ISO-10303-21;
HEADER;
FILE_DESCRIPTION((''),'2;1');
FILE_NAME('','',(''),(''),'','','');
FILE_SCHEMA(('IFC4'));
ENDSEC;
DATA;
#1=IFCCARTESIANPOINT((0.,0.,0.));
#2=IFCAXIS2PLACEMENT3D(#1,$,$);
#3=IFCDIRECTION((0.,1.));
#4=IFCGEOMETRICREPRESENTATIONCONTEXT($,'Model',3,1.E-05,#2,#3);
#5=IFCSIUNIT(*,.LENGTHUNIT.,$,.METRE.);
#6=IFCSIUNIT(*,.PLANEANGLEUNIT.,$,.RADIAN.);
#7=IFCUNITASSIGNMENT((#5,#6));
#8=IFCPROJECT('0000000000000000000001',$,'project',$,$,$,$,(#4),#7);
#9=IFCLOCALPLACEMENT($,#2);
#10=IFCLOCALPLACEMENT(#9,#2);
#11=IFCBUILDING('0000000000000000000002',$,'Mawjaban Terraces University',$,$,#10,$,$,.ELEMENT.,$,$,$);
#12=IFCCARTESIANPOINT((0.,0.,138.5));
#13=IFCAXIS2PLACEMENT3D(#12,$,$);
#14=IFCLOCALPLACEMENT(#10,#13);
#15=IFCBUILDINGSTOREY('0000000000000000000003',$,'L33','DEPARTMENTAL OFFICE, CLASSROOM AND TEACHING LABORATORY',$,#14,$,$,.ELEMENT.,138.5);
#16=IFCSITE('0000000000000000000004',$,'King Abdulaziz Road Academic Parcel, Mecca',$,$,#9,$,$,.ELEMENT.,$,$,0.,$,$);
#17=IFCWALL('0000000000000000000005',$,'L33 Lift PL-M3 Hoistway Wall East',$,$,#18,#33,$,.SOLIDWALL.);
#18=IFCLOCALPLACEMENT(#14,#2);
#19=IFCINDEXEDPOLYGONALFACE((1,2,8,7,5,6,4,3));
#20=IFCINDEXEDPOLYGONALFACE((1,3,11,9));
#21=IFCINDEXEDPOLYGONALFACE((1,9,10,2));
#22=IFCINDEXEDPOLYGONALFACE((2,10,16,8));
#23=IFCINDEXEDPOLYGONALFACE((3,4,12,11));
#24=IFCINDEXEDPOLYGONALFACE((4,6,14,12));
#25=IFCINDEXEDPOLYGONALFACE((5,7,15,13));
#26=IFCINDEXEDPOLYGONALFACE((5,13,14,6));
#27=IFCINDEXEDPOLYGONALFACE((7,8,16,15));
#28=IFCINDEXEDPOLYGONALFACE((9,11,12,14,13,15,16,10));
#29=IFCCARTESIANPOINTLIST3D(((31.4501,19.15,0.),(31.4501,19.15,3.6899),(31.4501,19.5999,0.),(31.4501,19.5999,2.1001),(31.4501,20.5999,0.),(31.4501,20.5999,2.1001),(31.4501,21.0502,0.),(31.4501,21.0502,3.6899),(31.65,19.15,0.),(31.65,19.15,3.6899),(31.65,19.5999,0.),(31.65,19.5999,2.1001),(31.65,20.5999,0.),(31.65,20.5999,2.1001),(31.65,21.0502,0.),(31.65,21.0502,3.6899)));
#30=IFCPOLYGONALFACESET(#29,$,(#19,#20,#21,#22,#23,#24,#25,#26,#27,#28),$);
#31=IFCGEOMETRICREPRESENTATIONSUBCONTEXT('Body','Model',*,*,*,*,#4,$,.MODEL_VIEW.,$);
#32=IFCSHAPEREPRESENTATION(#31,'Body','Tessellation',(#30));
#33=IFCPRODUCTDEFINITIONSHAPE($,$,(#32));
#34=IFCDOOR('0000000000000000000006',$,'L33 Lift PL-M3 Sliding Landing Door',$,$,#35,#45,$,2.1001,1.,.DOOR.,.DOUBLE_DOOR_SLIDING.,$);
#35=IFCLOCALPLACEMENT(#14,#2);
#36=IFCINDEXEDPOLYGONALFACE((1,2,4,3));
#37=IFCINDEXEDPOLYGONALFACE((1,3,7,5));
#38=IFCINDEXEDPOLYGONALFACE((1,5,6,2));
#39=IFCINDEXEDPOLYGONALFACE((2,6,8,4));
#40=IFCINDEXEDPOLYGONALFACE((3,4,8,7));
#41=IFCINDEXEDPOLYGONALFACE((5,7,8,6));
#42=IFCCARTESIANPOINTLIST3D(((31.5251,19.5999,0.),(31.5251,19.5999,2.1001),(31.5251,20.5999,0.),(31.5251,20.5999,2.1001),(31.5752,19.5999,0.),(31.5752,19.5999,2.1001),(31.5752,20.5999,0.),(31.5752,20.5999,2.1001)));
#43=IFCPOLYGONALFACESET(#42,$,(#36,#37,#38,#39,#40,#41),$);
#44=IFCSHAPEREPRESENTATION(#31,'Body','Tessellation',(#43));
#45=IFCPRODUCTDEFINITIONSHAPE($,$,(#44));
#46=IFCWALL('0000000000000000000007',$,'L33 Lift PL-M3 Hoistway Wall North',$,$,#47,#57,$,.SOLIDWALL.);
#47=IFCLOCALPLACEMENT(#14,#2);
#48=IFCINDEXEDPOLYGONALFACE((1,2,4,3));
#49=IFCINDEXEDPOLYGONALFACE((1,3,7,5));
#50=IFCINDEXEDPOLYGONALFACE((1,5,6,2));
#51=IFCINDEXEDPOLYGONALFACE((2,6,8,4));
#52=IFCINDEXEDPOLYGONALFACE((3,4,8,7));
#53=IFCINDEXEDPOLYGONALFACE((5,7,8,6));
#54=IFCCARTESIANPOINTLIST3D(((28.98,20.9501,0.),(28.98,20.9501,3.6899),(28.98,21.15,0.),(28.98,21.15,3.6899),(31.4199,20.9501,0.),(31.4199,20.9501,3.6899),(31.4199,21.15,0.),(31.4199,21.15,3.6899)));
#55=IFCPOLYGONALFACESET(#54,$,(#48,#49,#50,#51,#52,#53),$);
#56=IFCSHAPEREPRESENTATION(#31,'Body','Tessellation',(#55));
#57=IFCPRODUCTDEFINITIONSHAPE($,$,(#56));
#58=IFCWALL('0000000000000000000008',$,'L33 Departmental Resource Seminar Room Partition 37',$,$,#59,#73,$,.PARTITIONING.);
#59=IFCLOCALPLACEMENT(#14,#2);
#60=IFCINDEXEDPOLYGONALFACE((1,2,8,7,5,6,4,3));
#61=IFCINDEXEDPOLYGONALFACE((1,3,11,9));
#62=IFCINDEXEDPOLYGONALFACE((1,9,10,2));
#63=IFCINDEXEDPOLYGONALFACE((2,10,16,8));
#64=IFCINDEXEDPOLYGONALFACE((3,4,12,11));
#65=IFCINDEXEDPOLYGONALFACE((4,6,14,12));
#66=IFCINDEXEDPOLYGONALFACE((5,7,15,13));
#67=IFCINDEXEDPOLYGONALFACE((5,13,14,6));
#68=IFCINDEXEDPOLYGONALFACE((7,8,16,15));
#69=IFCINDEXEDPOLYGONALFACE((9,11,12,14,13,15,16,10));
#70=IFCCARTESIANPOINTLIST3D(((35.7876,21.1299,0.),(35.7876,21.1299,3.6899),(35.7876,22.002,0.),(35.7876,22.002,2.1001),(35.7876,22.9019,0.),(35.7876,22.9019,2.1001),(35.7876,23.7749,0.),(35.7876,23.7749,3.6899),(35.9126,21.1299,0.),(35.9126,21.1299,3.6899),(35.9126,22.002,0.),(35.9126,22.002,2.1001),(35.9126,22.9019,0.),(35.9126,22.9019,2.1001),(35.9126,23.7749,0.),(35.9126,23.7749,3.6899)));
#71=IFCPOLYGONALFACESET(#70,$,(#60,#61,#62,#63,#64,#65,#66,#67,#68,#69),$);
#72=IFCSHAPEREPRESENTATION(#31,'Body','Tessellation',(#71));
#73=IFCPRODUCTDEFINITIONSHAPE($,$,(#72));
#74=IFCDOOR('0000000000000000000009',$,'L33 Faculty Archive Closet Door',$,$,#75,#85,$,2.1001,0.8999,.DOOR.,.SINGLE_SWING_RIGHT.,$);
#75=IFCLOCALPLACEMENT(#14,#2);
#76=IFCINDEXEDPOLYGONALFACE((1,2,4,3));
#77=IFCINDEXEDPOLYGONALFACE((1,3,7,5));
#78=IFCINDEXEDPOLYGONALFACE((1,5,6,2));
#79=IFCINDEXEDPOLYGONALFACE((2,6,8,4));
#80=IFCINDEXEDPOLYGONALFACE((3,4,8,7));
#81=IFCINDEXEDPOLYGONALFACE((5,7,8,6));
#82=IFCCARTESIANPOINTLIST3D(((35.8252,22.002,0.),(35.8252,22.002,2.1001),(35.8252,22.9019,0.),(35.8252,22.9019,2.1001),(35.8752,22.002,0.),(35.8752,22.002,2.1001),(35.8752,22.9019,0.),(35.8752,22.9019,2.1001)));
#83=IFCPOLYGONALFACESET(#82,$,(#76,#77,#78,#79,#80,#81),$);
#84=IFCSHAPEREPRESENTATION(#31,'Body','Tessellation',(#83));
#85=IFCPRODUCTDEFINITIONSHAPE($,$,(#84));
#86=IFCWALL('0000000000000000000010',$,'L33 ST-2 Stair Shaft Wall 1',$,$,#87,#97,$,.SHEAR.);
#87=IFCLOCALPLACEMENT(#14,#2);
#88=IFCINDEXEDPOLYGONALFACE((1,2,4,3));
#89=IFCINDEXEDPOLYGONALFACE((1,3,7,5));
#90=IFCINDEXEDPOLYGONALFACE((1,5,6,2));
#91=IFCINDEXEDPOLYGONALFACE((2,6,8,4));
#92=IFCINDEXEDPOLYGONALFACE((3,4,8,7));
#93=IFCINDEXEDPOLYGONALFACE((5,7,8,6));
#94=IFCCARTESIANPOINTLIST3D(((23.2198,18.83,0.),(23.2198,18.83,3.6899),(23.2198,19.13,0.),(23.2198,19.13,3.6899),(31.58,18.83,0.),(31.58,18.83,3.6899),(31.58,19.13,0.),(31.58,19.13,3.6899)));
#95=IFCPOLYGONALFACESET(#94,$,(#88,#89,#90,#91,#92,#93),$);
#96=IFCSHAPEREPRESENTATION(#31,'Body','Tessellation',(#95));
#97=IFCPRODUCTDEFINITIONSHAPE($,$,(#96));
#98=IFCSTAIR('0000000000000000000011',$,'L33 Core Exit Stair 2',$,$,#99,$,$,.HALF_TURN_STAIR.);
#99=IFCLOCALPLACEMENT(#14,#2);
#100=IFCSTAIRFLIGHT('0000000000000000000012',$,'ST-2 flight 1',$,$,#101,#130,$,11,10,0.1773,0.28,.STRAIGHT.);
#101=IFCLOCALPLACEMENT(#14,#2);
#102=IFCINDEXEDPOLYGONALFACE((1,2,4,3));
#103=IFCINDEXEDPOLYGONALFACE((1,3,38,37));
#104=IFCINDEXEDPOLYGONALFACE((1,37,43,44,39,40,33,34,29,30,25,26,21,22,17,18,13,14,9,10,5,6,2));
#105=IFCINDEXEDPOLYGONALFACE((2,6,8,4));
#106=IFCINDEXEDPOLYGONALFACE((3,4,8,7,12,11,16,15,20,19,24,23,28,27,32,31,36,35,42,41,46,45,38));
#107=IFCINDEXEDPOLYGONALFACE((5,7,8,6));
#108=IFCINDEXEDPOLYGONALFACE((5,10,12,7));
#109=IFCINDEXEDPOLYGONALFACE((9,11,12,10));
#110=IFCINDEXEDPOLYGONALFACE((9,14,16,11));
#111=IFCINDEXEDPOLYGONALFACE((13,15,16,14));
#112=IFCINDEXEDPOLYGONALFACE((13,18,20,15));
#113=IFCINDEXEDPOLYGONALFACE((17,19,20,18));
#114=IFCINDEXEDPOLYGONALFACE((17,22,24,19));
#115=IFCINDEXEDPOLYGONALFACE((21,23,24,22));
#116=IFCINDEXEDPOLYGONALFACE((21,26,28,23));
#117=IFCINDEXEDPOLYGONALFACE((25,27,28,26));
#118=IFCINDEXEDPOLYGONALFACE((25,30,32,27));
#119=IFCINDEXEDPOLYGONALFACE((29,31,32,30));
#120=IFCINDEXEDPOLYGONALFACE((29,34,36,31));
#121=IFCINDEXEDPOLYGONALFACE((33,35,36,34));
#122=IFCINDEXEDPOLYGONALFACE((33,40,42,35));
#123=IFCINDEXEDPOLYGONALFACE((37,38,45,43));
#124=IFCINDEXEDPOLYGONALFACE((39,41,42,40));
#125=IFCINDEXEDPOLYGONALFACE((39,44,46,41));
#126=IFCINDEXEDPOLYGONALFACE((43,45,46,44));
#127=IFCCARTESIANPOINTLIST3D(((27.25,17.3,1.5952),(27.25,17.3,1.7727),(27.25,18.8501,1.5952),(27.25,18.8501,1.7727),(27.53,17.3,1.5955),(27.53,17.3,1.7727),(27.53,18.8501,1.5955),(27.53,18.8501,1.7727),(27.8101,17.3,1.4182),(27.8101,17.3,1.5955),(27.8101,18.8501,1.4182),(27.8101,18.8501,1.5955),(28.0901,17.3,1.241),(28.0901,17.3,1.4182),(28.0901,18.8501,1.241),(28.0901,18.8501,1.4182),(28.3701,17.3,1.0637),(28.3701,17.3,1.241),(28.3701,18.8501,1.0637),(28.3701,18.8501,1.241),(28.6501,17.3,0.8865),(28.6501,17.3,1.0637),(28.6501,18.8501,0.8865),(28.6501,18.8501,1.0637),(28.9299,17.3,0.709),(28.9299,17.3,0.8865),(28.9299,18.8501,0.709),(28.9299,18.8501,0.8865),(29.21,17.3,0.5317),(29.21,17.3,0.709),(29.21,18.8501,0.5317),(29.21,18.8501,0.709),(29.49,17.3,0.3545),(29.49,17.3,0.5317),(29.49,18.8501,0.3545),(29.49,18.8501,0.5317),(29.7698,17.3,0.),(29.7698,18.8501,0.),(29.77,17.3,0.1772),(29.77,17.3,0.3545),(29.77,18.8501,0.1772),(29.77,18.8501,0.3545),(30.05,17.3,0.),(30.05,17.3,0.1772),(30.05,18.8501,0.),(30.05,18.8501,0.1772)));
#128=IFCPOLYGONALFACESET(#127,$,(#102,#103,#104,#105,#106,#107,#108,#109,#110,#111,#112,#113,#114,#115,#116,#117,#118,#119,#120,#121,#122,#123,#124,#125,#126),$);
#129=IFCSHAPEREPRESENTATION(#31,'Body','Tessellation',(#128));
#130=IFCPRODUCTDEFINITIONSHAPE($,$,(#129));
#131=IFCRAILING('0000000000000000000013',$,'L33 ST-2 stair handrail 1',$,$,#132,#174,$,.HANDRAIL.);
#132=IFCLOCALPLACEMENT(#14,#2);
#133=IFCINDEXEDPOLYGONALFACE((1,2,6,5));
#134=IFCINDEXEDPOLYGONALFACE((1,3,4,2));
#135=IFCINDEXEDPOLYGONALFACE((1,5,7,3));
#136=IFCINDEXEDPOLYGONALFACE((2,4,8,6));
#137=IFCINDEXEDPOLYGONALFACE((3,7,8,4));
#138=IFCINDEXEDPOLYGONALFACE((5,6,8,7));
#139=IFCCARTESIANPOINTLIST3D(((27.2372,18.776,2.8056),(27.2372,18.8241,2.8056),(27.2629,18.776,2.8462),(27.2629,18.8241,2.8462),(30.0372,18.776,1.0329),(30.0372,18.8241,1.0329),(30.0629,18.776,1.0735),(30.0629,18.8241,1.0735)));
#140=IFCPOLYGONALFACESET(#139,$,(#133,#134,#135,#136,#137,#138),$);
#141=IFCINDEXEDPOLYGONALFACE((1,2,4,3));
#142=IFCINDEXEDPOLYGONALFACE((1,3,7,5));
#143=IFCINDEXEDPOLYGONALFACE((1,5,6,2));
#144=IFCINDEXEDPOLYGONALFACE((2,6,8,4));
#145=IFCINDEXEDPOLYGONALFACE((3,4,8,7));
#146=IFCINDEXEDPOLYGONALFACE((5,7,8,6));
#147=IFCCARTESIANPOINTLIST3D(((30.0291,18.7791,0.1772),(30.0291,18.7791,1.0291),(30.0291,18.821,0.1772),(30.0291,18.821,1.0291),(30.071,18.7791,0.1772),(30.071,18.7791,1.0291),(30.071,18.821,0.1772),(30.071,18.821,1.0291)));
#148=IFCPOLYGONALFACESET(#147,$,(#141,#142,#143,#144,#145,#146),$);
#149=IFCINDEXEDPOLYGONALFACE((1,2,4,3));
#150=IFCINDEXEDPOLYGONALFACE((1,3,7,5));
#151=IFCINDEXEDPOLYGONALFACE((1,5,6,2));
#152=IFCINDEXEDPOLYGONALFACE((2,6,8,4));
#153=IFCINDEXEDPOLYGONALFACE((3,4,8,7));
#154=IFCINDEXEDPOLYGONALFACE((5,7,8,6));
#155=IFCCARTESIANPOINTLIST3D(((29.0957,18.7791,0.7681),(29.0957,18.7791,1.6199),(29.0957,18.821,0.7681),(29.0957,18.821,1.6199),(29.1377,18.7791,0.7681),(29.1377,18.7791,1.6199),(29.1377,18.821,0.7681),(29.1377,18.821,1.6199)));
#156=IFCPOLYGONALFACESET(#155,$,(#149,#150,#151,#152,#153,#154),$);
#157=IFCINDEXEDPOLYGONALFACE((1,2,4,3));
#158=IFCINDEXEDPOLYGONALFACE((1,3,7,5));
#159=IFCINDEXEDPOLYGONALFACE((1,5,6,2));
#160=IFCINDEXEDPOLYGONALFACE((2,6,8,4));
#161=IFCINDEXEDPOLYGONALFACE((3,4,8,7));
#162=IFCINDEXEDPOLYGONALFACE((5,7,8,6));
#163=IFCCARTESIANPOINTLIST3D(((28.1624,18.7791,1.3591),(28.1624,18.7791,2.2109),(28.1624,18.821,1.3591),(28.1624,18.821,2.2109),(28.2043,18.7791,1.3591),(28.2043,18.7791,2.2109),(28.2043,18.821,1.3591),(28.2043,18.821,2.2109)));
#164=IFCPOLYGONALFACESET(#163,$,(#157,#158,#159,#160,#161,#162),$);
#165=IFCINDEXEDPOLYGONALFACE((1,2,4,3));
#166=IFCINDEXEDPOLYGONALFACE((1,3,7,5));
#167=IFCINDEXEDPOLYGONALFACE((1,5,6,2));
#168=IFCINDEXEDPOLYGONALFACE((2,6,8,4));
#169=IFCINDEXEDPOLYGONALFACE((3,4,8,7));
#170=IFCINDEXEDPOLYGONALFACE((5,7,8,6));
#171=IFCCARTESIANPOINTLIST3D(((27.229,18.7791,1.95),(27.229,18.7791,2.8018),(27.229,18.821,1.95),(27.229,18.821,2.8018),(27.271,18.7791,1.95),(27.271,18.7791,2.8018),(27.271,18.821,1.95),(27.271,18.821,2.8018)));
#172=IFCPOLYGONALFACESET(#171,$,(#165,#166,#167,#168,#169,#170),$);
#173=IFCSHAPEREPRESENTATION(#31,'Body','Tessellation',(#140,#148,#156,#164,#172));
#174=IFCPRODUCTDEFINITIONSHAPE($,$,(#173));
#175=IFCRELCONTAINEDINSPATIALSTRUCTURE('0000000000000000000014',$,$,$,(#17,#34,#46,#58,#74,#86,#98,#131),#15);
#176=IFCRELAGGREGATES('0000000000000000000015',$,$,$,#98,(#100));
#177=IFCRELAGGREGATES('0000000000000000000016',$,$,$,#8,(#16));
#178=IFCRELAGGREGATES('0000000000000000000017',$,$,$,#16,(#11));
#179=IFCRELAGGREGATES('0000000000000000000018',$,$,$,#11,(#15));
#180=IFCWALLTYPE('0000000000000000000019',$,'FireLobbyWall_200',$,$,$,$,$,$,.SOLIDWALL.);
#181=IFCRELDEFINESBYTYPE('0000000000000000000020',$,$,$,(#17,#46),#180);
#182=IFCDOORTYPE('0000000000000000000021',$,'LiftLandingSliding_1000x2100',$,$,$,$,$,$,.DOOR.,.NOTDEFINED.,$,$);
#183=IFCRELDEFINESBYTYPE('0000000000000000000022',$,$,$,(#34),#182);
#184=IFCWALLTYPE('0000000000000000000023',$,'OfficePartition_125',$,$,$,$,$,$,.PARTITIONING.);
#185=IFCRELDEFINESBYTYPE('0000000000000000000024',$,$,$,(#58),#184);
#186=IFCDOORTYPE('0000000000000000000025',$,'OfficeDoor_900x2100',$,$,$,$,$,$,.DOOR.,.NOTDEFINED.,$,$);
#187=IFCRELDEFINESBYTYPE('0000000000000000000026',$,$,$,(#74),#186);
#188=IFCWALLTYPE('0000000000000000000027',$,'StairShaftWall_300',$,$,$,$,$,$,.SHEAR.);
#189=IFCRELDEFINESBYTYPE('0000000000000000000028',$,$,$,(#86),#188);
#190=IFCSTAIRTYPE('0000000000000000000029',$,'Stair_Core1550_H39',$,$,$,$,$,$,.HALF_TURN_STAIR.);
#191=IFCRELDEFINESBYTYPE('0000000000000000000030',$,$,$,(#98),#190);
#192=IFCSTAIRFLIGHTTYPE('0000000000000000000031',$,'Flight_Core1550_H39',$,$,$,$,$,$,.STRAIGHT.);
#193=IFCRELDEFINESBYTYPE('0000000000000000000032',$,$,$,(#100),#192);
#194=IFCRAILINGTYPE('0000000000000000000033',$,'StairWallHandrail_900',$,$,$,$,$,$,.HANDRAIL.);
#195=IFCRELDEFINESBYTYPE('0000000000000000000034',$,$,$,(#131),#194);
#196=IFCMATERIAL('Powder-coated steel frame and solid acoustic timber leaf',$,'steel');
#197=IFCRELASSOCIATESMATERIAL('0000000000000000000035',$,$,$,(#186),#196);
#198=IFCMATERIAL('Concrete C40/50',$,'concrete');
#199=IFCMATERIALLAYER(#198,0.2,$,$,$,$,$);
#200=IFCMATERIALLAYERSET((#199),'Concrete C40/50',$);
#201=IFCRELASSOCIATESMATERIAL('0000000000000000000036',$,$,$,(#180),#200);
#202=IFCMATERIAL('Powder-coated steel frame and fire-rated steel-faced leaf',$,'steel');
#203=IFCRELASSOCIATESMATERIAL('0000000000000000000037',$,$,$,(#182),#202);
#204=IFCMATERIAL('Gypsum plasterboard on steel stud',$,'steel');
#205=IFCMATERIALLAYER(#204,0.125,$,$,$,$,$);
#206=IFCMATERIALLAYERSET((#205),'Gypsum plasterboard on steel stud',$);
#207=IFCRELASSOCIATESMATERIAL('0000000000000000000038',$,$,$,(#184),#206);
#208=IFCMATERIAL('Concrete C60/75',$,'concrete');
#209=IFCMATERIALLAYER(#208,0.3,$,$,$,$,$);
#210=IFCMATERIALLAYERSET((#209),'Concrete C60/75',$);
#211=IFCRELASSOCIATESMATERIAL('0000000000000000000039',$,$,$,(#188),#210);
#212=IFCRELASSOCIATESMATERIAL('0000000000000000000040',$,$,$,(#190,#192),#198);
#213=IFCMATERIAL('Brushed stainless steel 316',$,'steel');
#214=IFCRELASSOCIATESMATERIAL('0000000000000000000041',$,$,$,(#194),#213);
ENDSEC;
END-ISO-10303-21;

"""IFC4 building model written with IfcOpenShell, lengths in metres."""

from ifc_helpers import new_model, si_unit, direction, frame, frame_2d, origin, origin_2d, place, context, subcontext, project, spatial, polyline, rectangle, outline, extrude, material, layer, layer_set, type_object, element, fill, aggregate, save


model = new_model("IFC4")

# Units and contexts
model_context = context("Model", 3, precision=1e-05, world=origin(), true_north=direction((0.0, 1.0)))
body_context = subcontext(model_context, "Body", "Model", "MODEL_VIEW")
ifc_project = project(units=[si_unit("LENGTHUNIT", "METRE"), si_unit("PLANEANGLEUNIT", "RADIAN")], contexts=[model_context])

# Site, building, storey
site_placement = place(None, origin())
site = spatial("IfcSite", under=ifc_project, at=site_placement, Name="King Abdulaziz Road Academic Parcel, Mecca", CompositionType="ELEMENT", RefElevation=0.0)
building_placement = place(site_placement, origin())
building = spatial("IfcBuilding", under=site, at=building_placement, Name="Mawjaban Terraces University", CompositionType="ELEMENT")
storey_placement = place(building_placement, frame((0.0, 0.0, 138.5)))
storey = spatial("IfcBuildingStorey", under=building, at=storey_placement, Name="L33", Description="DEPARTMENTAL OFFICE, CLASSROOM AND TEACHING LABORATORY", CompositionType="ELEMENT", Elevation=138.5)

# Shared definitions
ifc_material_1 = material(Name="Powder-coated steel frame and solid acoustic timber leaf", Category="steel")
door_type_1 = type_object("IfcDoorType", Name="OfficeDoor_900x2100", OperationType="NOTDEFINED", PredefinedType="DOOR", material=ifc_material_1)

# Shared definitions
ifc_material_2 = material(Name="Concrete C40/50", Category="concrete")
ifc_layer_1 = layer(ifc_material_2, 0.2)
ifc_layer_set_1 = layer_set([ifc_layer_1], Name="Concrete C40/50")
wall_type_1 = type_object("IfcWallType", Name="FireLobbyWall_200", PredefinedType="SOLIDWALL", material=ifc_layer_set_1)

# Wall, opening, door
ifc_material_3 = material(Name="Powder-coated steel frame and fire-rated steel-faced leaf", Category="steel")
door_type_2 = type_object("IfcDoorType", Name="LiftLandingSliding_1000x2100", OperationType="NOTDEFINED", PredefinedType="DOOR", material=ifc_material_3)
wall_1_placement = place(storey_placement, frame((31.55, 19.1499, 0.0), z_axis=(0.0, 0.0, 1.0), x_axis=(0.0, 1.0, 0.0)))
wall_1 = element("IfcWall", 1, at=wall_1_placement, inside=storey, type_object=wall_type_1, Name="L33 Lift PL-M3 Hoistway Wall East", PredefinedType="SOLIDWALL", context=body_context, shape_type="SweptSolid", body=[
    extrude(rectangle(XDim=1.9001, YDim=0.2, at=frame_2d((0.9502, 0.0))), origin(), (0.0, 0.0, 1.0), 3.6899),
])
opening_1_placement = place(wall_1_placement, frame((0.45, 0.0, 0.0)))
opening_1 = element("IfcOpeningElement", 2, at=opening_1_placement, cuts=wall_1, PredefinedType="OPENING", context=body_context, shape_type="SweptSolid", body=[
    extrude(rectangle(XDim=1.0, YDim=2.1001, at=frame_2d((0.5, 1.05))), frame((0.0, 0.1099, 0.0), z_axis=(0.0, -1.0, 0.0), x_axis=(1.0, 0.0, 0.0)), (0.0, 0.0, 1.0), 0.22),
])
door_1_placement = place(opening_1_placement, origin())
door_1 = element("IfcDoor", 3, at=door_1_placement, inside=storey, type_object=door_type_2, Name="L33 Lift PL-M3 Sliding Landing Door", OperationType="DOUBLE_DOOR_SLIDING", OverallHeight=2.1001, OverallWidth=1.0, PredefinedType="DOOR", context=body_context, shape_type="SweptSolid", body=[
    extrude(rectangle(XDim=1.0, YDim=2.1001, at=frame_2d((0.5, 1.05))), frame((0.0, 0.0249, 0.0), z_axis=(0.0, -1.0, 0.0), x_axis=(1.0, 0.0, 0.0)), (0.0, 0.0, 1.0), 0.05),
])
fill(opening_1, door_1)

# Wall
wall_2_placement = place(storey_placement, frame((31.4199, 21.05, 0.0), z_axis=(0.0, 0.0, 1.0), x_axis=(-1.0, 0.0, 0.0)))
element("IfcWall", 4, at=wall_2_placement, inside=storey, type_object=wall_type_1, Name="L33 Lift PL-M3 Hoistway Wall North", PredefinedType="SOLIDWALL", context=body_context, shape_type="SweptSolid", body=[
    extrude(rectangle(XDim=2.4399, YDim=0.2, at=frame_2d((1.22, 0.0))), origin(), (0.0, 0.0, 1.0), 3.6899),
])

# Wall, opening, door
ifc_material_4 = material(Name="Gypsum plasterboard on steel stud", Category="steel")
ifc_layer_2 = layer(ifc_material_4, 0.125)
ifc_layer_set_2 = layer_set([ifc_layer_2], Name="Gypsum plasterboard on steel stud")
wall_type_2 = type_object("IfcWallType", Name="OfficePartition_125", PredefinedType="PARTITIONING", material=ifc_layer_set_2)
wall_3_placement = place(storey_placement, frame((35.8501, 21.1299, 0.0), z_axis=(0.0, 0.0, 1.0), x_axis=(0.0, 1.0, 0.0)))
wall_3 = element("IfcWall", 5, at=wall_3_placement, inside=storey, type_object=wall_type_2, Name="L33 Departmental Resource Seminar Room Partition 37", PredefinedType="PARTITIONING", context=body_context, shape_type="SweptSolid", body=[
    extrude(rectangle(XDim=2.645, YDim=0.125, at=frame_2d((1.3225, 0.0))), origin(), (0.0, 0.0, 1.0), 3.6899),
])
opening_2_placement = place(wall_3_placement, frame((0.8721, 0.0, 0.0)))
opening_2 = element("IfcOpeningElement", 6, at=opening_2_placement, cuts=wall_3, PredefinedType="OPENING", context=body_context, shape_type="SweptSolid", body=[
    extrude(rectangle(XDim=0.8999, YDim=2.1001, at=frame_2d((0.45, 1.05))), frame((0.0, 0.0725, 0.0), z_axis=(0.0, -1.0, 0.0), x_axis=(1.0, 0.0, 0.0)), (0.0, 0.0, 1.0), 0.145),
])
door_2_placement = place(opening_2_placement, origin())
door_2 = element("IfcDoor", 7, at=door_2_placement, inside=storey, type_object=door_type_1, Name="L33 Faculty Archive Closet Door", OperationType="SINGLE_SWING_RIGHT", OverallHeight=2.1001, OverallWidth=0.8999, PredefinedType="DOOR", context=body_context, shape_type="SweptSolid", body=[
    extrude(rectangle(XDim=0.8999, YDim=2.1001, at=frame_2d((0.45, 1.05))), frame((0.0, 0.0249, 0.0), z_axis=(0.0, -1.0, 0.0), x_axis=(1.0, 0.0, 0.0)), (0.0, 0.0, 1.0), 0.05),
])
fill(opening_2, door_2)

# Wall
ifc_material_5 = material(Name="Concrete C60/75", Category="concrete")
ifc_layer_3 = layer(ifc_material_5, 0.3)
ifc_layer_set_3 = layer_set([ifc_layer_3], Name="Concrete C60/75")
wall_type_3 = type_object("IfcWallType", Name="StairShaftWall_300", PredefinedType="SHEAR", material=ifc_layer_set_3)
wall_4_placement = place(storey_placement, frame((31.5801, 18.98, 0.0), z_axis=(0.0, 0.0, 1.0), x_axis=(-1.0, 0.0, 0.0)))
element("IfcWall", 8, at=wall_4_placement, inside=storey, type_object=wall_type_3, Name="L33 ST-2 Stair Shaft Wall 1", PredefinedType="SHEAR", context=body_context, shape_type="SweptSolid", body=[
    extrude(rectangle(XDim=8.3601, YDim=0.3, at=frame_2d((4.1802, 0.0))), origin(), (0.0, 0.0, 1.0), 3.6899),
])

# Stair, stair flight
stair_type = type_object("IfcStairType", Name="Stair_Core1550_H39", PredefinedType="HALF_TURN_STAIR", material=ifc_material_2)
stair_placement = place(storey_placement, origin())
stair = element("IfcStair", 9, at=stair_placement, inside=storey, type_object=stair_type, Name="L33 Core Exit Stair 2", PredefinedType="HALF_TURN_STAIR")
stair_flight_type = type_object("IfcStairFlightType", Name="Flight_Core1550_H39", PredefinedType="STRAIGHT", material=ifc_material_2)
stair_flight_placement = place(storey_placement, frame((30.05, 18.075, 0.0), z_axis=(0.0, 0.0, 1.0), x_axis=(-1.0, 0.0, 0.0)))
stair_flight = element("IfcStairFlight", 10, at=stair_flight_placement, type_object=stair_flight_type, Name="ST-2 flight 1", NumberOfRisers=11, NumberOfTreads=10, PredefinedType="STRAIGHT", RiserHeight=0.1773, TreadLength=0.28, context=body_context, shape_type="SweptSolid", body=[
    extrude(outline(polyline([(0.0, 0.0), (0.0, 0.1772), (0.28, 0.1772), (0.28, 0.3545), (0.5601, 0.3545), (0.5601, 0.5317), (0.8401, 0.5317), (0.8401, 0.709), (1.1201, 0.709), (1.1201, 0.8865), (1.3999, 0.8865), (1.3999, 1.0637), (1.6799, 1.0637), (1.6799, 1.241), (1.96, 1.241), (1.96, 1.4182), (2.24, 1.4182), (2.24, 1.5955), (2.52, 1.5955), (2.52, 1.7727), (2.8, 1.7727), (2.8, 1.95), (2.8, 1.5952), (0.2803, 0.0), (0.0, 0.0)])), frame((0.0, 0.7749, 0.0), z_axis=(0.0, -1.0, 0.0), x_axis=(1.0, 0.0, 0.0)), (0.0, 0.0, 1.0), 1.55),
])
aggregate(stair, [stair_flight])

# Railing
ifc_material_6 = material(Name="Brushed stainless steel 316", Category="steel")
railing_type_1 = type_object("IfcRailingType", Name="StairWallHandrail_900", PredefinedType="HANDRAIL", material=ifc_material_6)
railing_1_placement = place(storey_placement, frame((30.05, 18.8, 0.1772)))
element("IfcRailing", 11, at=railing_1_placement, inside=storey, type_object=railing_type_1, Name="L33 ST-2 stair handrail 1", PredefinedType="HANDRAIL", context=body_context, shape_type="SweptSolid", body=[
    extrude(rectangle(XDim=0.0481, YDim=0.0481, at=origin_2d()), frame((0.0, 0.0, 0.876), z_axis=(-0.844909, 0.0, 0.53491), x_axis=(0.0, -1.0, 0.0)), (0.0, 0.0, 1.0), 3.314),
    extrude(rectangle(XDim=0.042, YDim=0.042, at=origin_2d()), origin(), (0.0, 0.0, 1.0), 0.8518),
    extrude(rectangle(XDim=0.042, YDim=0.042, at=origin_2d()), frame((-0.9333, 0.0, 0.5908)), (0.0, 0.0, 1.0), 0.8518),
    extrude(rectangle(XDim=0.042, YDim=0.042, at=origin_2d()), frame((-1.8667, 0.0, 1.1819)), (0.0, 0.0, 1.0), 0.8518),
    extrude(rectangle(XDim=0.042, YDim=0.042, at=origin_2d()), frame((-2.8, 0.0, 1.7727)), (0.0, 0.0, 1.0), 0.8518),
])

save(model, "model.ifc")
